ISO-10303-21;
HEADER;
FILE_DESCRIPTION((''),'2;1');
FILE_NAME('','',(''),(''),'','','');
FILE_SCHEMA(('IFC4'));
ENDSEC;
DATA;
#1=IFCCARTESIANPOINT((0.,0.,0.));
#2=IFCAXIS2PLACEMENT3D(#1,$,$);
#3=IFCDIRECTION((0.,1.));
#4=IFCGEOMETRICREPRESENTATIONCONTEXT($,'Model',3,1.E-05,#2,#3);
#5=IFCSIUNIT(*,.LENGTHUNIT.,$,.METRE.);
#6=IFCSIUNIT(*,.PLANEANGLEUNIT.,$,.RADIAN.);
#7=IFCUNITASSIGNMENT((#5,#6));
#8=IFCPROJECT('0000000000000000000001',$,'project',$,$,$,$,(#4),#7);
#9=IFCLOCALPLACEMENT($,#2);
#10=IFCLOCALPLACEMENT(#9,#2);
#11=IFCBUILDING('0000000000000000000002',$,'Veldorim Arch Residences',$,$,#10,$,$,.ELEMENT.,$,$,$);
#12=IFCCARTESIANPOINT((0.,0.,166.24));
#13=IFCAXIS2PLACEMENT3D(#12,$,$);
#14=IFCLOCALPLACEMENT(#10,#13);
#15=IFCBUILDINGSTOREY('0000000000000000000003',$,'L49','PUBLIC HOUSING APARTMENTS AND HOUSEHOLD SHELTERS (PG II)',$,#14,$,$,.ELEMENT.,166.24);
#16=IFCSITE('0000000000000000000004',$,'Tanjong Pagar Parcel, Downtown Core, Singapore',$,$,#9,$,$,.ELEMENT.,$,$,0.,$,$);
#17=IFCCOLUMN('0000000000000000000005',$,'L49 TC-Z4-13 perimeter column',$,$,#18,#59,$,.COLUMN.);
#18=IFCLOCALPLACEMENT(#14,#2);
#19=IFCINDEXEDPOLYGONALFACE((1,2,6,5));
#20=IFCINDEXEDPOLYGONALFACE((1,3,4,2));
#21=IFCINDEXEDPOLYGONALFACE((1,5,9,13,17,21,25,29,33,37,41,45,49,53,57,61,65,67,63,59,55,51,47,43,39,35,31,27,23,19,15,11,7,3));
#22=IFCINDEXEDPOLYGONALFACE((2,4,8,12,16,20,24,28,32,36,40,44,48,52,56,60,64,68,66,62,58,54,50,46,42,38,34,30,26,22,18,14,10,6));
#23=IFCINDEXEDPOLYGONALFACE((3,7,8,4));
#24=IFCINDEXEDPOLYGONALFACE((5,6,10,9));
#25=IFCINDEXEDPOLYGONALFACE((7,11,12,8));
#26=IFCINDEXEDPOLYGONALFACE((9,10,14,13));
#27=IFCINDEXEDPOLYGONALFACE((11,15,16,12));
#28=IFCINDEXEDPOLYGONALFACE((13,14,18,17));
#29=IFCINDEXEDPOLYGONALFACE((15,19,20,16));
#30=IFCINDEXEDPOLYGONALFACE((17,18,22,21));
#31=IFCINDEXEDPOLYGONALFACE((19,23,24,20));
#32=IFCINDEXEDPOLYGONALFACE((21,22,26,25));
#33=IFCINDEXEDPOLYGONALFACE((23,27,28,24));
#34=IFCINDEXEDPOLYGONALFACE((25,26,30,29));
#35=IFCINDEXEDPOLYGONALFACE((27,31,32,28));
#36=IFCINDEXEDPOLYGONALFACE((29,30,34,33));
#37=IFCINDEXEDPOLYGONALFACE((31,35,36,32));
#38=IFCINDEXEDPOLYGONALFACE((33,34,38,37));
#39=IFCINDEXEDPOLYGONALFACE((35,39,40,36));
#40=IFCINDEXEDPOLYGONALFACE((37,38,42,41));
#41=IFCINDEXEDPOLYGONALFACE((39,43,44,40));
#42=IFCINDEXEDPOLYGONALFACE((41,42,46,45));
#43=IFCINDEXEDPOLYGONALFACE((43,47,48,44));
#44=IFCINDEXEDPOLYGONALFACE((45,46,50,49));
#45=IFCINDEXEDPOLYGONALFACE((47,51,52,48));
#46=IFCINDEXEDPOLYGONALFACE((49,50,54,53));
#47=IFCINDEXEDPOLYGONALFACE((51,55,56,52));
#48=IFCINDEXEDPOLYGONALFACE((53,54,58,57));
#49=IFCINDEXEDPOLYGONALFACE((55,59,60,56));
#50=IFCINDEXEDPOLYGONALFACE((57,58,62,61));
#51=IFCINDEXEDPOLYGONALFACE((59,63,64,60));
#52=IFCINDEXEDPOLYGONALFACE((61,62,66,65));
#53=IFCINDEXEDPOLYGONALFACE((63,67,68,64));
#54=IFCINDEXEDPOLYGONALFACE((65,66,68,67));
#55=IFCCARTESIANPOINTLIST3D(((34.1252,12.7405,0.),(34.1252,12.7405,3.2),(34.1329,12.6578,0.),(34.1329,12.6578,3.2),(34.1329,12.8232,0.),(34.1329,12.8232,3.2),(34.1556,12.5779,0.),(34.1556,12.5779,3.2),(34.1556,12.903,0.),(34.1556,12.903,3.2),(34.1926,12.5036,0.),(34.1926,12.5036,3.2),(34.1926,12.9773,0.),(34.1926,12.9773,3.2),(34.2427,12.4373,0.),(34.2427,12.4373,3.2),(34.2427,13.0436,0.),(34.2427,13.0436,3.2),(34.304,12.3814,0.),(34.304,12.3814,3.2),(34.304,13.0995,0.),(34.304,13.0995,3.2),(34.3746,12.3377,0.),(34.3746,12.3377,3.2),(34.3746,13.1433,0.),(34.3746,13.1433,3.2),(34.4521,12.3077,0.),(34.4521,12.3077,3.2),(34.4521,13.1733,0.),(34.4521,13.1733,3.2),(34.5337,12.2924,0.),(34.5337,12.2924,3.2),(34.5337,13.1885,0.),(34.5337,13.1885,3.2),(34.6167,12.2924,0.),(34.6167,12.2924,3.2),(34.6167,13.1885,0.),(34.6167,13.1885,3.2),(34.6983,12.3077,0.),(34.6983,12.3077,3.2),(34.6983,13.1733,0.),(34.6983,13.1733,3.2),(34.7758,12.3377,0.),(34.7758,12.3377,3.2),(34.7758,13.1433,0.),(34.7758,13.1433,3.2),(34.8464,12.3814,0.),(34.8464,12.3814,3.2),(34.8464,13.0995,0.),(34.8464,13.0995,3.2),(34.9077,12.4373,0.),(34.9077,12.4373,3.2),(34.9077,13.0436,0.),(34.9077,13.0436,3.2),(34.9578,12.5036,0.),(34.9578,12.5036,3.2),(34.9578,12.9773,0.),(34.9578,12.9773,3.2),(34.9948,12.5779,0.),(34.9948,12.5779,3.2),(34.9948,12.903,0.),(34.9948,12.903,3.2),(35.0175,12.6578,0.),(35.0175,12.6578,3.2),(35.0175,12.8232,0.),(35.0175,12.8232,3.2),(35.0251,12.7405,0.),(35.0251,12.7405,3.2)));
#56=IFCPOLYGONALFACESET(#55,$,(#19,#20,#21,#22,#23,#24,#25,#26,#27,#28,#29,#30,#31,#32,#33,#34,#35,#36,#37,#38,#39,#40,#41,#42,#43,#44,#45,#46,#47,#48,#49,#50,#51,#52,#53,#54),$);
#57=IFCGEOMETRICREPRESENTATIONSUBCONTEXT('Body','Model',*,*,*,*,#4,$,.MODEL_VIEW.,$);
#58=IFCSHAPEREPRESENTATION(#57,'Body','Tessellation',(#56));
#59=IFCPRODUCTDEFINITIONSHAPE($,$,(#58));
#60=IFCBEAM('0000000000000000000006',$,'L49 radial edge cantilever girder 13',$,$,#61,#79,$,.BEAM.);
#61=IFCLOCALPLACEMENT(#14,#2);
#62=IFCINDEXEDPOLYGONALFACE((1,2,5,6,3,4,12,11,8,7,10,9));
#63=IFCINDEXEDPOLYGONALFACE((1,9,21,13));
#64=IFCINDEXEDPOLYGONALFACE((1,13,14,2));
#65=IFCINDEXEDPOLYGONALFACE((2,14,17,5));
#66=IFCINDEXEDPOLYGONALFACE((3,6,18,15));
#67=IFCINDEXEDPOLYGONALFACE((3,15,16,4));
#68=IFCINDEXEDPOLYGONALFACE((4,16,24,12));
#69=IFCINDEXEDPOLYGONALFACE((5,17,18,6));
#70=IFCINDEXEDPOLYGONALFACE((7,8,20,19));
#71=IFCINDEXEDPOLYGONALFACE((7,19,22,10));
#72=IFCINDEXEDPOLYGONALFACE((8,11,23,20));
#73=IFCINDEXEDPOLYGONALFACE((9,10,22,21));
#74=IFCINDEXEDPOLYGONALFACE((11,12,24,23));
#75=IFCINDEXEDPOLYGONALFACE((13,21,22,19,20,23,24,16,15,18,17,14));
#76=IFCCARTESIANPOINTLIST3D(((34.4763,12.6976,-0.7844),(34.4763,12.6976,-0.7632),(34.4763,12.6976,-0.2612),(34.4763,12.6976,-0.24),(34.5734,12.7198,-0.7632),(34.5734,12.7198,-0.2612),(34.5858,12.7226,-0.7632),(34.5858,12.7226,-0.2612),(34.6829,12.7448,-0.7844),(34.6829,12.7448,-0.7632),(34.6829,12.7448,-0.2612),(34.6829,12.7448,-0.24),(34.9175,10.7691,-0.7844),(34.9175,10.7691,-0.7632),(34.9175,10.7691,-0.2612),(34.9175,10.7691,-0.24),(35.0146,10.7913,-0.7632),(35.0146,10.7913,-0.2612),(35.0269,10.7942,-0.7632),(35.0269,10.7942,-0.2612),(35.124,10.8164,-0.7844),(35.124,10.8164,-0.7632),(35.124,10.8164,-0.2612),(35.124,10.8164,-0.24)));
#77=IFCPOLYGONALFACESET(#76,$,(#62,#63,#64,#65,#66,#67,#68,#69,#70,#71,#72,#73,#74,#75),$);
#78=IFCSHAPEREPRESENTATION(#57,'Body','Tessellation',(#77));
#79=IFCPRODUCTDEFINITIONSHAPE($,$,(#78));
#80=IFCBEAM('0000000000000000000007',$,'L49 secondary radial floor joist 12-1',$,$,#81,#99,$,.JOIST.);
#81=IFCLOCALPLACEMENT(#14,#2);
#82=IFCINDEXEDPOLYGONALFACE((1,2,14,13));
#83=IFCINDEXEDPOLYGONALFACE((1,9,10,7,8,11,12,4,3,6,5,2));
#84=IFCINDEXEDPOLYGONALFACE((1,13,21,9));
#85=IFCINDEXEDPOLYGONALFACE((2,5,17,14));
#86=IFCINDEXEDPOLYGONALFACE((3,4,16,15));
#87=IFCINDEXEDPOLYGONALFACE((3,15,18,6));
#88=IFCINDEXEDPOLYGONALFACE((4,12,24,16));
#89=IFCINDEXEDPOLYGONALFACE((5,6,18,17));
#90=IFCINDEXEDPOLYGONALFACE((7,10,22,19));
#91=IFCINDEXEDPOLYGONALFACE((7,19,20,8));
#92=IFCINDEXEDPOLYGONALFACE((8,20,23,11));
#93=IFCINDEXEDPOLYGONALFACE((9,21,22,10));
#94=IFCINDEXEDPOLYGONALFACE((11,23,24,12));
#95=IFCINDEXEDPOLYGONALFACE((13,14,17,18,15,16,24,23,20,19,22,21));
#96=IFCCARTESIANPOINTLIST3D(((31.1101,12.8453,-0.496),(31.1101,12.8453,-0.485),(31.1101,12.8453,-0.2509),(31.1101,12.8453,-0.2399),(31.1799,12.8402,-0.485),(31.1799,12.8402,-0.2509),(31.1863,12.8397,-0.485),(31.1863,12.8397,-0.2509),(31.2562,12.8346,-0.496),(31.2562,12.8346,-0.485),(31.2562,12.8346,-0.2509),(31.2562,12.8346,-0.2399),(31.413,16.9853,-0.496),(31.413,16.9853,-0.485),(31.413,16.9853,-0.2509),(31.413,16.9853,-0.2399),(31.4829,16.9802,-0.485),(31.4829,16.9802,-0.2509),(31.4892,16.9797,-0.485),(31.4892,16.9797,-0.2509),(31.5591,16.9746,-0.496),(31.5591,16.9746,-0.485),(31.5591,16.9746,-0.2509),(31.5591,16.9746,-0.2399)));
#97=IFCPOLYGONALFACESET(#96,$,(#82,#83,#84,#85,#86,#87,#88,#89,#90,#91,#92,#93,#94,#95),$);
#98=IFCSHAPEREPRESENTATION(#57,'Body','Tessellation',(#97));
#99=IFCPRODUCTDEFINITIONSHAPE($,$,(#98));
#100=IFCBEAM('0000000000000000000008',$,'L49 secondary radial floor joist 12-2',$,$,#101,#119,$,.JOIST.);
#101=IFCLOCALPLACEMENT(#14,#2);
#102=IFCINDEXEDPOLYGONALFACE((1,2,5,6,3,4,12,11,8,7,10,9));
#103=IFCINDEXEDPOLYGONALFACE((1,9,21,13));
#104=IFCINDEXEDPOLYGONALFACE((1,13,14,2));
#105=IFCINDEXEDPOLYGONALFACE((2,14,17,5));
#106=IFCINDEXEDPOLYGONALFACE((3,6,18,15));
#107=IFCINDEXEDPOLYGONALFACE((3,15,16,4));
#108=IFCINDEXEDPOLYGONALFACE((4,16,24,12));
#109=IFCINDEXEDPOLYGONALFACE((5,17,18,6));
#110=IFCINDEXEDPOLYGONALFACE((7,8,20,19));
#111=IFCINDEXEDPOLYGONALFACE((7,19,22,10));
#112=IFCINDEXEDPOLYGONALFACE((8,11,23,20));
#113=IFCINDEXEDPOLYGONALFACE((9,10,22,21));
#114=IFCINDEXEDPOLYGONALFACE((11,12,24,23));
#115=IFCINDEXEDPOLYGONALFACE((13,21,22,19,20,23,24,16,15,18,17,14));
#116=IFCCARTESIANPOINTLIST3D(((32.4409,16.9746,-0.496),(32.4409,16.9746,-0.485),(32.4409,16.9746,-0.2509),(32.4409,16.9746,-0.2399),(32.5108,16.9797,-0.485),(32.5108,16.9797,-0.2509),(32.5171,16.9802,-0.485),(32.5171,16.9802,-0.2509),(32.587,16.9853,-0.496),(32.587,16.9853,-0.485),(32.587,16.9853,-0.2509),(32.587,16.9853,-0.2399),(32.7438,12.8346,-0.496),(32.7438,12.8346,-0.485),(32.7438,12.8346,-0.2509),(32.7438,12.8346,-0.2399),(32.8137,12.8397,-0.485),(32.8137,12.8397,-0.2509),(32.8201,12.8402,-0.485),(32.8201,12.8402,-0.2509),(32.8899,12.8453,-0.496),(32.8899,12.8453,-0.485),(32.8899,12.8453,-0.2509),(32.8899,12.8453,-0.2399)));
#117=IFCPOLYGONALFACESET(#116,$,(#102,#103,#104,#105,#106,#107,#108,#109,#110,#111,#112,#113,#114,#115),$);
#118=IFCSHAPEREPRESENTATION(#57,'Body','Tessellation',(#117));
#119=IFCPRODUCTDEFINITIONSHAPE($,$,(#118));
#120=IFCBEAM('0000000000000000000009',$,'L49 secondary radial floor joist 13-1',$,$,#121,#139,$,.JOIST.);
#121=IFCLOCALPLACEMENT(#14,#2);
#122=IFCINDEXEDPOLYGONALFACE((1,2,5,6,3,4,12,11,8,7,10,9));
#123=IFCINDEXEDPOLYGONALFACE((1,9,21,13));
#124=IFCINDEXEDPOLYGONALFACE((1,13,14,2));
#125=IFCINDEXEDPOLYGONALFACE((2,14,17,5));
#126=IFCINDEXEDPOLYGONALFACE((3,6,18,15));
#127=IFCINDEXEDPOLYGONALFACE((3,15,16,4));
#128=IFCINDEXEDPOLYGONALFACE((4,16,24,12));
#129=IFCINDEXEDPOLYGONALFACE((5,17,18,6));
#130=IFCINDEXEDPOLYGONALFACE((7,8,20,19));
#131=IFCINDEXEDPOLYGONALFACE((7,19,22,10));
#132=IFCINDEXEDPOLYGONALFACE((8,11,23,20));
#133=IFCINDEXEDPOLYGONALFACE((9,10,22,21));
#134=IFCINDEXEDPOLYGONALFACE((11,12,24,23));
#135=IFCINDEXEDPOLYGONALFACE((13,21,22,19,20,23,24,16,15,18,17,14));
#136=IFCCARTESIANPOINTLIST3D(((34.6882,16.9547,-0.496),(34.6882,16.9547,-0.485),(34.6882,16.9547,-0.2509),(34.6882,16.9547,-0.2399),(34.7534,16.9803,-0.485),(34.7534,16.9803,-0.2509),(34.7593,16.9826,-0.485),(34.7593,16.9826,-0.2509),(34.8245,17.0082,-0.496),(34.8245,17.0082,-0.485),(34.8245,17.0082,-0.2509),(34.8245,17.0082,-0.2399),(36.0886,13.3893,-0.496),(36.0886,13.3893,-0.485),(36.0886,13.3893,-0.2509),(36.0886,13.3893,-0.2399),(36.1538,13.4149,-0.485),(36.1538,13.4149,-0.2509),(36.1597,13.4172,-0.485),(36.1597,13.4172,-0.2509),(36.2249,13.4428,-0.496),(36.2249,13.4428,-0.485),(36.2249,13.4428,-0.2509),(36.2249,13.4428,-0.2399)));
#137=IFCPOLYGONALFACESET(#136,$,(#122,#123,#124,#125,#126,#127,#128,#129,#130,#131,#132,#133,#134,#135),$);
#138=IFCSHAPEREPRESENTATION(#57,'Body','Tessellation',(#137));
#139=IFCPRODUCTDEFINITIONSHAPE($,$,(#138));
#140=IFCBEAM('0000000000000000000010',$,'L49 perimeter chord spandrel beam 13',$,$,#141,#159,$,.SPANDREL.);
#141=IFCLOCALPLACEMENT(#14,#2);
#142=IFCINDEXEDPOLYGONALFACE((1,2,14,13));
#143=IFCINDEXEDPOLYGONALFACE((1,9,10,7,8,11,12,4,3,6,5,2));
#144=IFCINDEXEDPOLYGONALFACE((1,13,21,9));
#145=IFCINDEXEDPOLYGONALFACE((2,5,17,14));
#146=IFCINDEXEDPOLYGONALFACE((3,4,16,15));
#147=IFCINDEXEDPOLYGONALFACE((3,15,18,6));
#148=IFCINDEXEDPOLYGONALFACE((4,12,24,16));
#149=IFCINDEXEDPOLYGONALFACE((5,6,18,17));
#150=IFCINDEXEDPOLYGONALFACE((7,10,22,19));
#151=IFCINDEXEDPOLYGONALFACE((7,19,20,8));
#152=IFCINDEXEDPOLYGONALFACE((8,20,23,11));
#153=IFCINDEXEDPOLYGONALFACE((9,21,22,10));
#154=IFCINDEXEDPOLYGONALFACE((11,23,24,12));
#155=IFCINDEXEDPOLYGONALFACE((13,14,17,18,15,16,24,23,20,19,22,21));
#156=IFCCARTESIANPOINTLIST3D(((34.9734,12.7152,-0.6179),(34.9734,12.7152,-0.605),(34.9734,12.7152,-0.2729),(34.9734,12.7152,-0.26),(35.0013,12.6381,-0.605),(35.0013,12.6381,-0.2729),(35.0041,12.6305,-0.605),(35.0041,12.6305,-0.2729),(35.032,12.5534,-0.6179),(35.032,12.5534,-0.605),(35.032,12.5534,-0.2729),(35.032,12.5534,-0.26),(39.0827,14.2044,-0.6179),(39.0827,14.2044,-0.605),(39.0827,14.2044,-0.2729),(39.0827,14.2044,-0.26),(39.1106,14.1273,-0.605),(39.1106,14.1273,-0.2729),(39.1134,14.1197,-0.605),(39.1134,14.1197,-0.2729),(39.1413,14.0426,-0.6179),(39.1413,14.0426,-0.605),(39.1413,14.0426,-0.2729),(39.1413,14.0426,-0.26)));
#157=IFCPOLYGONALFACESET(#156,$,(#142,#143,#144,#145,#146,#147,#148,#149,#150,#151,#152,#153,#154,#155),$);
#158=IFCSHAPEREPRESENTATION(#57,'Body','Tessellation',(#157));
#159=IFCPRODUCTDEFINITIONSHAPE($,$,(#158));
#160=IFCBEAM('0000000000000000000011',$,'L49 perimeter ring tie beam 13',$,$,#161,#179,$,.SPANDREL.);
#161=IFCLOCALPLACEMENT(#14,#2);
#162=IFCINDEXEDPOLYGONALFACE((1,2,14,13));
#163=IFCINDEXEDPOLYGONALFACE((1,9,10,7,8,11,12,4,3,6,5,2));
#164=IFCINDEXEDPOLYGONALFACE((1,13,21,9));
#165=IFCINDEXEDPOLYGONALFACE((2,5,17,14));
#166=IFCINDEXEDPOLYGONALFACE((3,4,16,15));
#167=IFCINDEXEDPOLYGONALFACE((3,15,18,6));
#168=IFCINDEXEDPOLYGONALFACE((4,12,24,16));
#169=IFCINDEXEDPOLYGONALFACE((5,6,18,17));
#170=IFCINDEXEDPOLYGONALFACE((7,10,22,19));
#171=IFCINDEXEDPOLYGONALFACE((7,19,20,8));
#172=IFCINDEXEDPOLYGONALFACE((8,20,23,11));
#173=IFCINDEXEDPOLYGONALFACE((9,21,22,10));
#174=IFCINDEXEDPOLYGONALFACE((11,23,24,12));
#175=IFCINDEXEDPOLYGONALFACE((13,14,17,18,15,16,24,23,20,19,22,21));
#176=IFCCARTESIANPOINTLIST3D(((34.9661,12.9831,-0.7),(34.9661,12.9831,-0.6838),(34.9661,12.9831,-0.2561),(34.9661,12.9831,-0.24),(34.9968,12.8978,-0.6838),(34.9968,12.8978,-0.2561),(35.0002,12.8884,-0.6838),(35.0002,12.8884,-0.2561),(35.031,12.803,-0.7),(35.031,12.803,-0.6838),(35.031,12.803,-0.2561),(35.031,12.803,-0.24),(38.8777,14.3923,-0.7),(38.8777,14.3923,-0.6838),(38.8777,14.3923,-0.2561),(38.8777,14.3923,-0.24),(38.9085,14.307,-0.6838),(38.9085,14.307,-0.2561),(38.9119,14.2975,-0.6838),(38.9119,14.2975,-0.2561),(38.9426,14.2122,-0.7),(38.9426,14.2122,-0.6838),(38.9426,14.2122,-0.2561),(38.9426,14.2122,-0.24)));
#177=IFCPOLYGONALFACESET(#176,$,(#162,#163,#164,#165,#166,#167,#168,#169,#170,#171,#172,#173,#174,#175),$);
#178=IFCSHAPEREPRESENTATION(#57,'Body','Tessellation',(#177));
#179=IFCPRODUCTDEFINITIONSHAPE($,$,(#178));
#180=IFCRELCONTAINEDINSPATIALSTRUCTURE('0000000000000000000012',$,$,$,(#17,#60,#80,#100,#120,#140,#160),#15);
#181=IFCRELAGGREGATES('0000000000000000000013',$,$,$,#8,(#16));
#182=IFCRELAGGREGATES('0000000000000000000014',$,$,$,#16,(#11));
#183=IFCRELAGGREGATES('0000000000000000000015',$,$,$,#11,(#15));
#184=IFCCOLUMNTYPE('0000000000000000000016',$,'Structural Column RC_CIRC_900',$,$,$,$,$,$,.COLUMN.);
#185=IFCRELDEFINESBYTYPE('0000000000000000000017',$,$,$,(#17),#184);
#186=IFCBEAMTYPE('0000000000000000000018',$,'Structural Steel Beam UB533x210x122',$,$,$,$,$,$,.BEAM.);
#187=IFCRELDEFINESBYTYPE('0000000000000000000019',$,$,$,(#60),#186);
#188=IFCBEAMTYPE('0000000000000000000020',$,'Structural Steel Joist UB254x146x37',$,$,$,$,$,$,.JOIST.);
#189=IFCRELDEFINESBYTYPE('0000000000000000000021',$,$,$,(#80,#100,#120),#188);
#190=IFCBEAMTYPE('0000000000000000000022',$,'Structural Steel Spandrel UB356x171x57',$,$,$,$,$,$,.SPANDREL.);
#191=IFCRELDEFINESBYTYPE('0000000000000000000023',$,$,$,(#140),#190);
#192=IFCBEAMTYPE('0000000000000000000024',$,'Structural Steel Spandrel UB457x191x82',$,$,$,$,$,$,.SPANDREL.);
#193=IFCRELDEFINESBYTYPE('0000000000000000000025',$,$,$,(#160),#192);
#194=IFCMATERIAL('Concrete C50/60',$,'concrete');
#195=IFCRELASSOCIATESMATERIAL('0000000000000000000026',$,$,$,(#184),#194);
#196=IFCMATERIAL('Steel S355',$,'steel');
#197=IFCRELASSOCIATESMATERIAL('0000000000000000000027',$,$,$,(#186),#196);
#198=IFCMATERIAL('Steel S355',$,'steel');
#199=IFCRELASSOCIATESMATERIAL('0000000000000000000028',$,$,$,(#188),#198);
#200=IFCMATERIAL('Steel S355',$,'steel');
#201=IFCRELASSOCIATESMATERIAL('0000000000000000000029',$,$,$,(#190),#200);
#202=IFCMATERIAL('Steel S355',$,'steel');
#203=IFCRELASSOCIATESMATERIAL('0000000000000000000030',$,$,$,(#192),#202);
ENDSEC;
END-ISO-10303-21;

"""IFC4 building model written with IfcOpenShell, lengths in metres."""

from ifc_helpers import new_model, si_unit, direction, frame, origin, origin_2d, place, context, subcontext, project, spatial, circle, i_section, extrude, material, material_profile, profile_set, type_object, element, save


model = new_model("IFC4")

# Units and contexts
model_context = context("Model", 3, precision=1e-05, world=origin(), true_north=direction((0.0, 1.0)))
body_context = subcontext(model_context, "Body", "Model", "MODEL_VIEW")
ifc_project = project(units=[si_unit("LENGTHUNIT", "METRE"), si_unit("PLANEANGLEUNIT", "RADIAN")], contexts=[model_context])

# Site, building, storey
site_placement = place(None, origin())
site = spatial("IfcSite", under=ifc_project, at=site_placement, Name="Tanjong Pagar Parcel, Downtown Core, Singapore", CompositionType="ELEMENT", RefElevation=0.0)
building_placement = place(site_placement, origin())
building = spatial("IfcBuilding", under=site, at=building_placement, Name="Veldorim Arch Residences", CompositionType="ELEMENT")
storey_placement = place(building_placement, frame((0.0, 0.0, 166.24)))
storey = spatial("IfcBuildingStorey", under=building, at=storey_placement, Name="L49", Description="PUBLIC HOUSING APARTMENTS AND HOUSEHOLD SHELTERS (PG II)", CompositionType="ELEMENT", Elevation=166.24)

# Column
ifc_material_1 = material(Name="Concrete C50/60", Category="concrete")
ifc_material_profile_1 = material_profile(ifc_material_1, circle(Radius=0.45, at=origin_2d()), Name="RC_CIRC_900")
ifc_profile_set_1 = profile_set([ifc_material_profile_1], Name="Concrete C50/60")
column_type = type_object("IfcColumnType", Name="Structural Column RC_CIRC_900", PredefinedType="COLUMN", material=ifc_profile_set_1)
column_placement = place(storey_placement, frame((34.5752, 12.7405, 0.0), z_axis=(0.0, 0.0, 1.0), x_axis=(1.0, 0.0, 0.0)))
element("IfcColumn", 1, at=column_placement, inside=storey, type_object=column_type, Name="L49 TC-Z4-13 perimeter column", PredefinedType="COLUMN", context=body_context, shape_type="SweptSolid", body=[
    extrude(circle(Radius=0.45, at=origin_2d()), origin(), (0.0, 0.0, 1.0), 3.2),
])

# Beams
ifc_material_2 = material(Name="Steel S355", Category="steel")
ifc_material_profile_2 = material_profile(ifc_material_2, i_section(OverallWidth=0.2119, OverallDepth=0.5444, WebThickness=0.0127, FlangeThickness=0.0212, at=origin_2d()), Name="UB533x210x122")
ifc_profile_set_2 = profile_set([ifc_material_profile_2], Name="Steel S355")
beam_type_1 = type_object("IfcBeamType", Name="Structural Steel Beam UB533x210x122", PredefinedType="BEAM", material=ifc_profile_set_2)
beam_1_placement = place(storey_placement, frame((34.5796, 12.7212, -0.5122), z_axis=(0.223002, -0.974818, 0.0), x_axis=(0.974818, 0.223002, 0.0)))
element("IfcBeam", 2, at=beam_1_placement, inside=storey, type_object=beam_type_1, Name="L49 radial edge cantilever girder 13", PredefinedType="BEAM", context=body_context, shape_type="SweptSolid", body=[
    extrude(i_section(OverallWidth=0.2119, OverallDepth=0.5444, WebThickness=0.0127, FlangeThickness=0.0212, at=origin_2d()), origin(), (0.0, 0.0, 1.0), 1.9783),
])
ifc_material_3 = material(Name="Steel S355", Category="steel")
ifc_material_profile_3 = material_profile(ifc_material_3, i_section(OverallWidth=0.1465, OverallDepth=0.2561, WebThickness=0.0063, FlangeThickness=0.011, at=origin_2d()), Name="UB254x146x37")
ifc_profile_set_3 = profile_set([ifc_material_profile_3], Name="Steel S355")
beam_type_2 = type_object("IfcBeamType", Name="Structural Steel Joist UB254x146x37", PredefinedType="JOIST", material=ifc_profile_set_3)
for number, where, z_axis, x_axis, name in (
    (3, (31.4861, 16.98, -0.3679), (-0.072986, -0.997333, 0.0), (0.997333, -0.072986, 0.0), "L49 secondary radial floor joist 12-1"),
    (4, (32.5139, 16.98, -0.3679), (0.072986, -0.997333, 0.0), (0.997333, 0.072986, 0.0), "L49 secondary radial floor joist 12-2"),
):
    element("IfcBeam", number, at=place(storey_placement, frame(where, z_axis=z_axis, x_axis=x_axis)), inside=storey, type_object=beam_type_2, Name=name, PredefinedType="JOIST", context=body_context, shape_type="SweptSolid", body=[
        extrude(i_section(OverallWidth=0.1465, OverallDepth=0.2561, WebThickness=0.0063, FlangeThickness=0.011, at=origin_2d()), origin(), (0.0, 0.0, 1.0), 4.1511),
    ])
beam_2_placement = place(storey_placement, frame((34.7563, 16.9814, -0.3679), z_axis=(0.365581, -0.930779, 0.0), x_axis=(0.930779, 0.365581, 0.0)))
element("IfcBeam", 5, at=beam_2_placement, inside=storey, type_object=beam_type_2, Name="L49 secondary radial floor joist 13-1", PredefinedType="JOIST", context=body_context, shape_type="SweptSolid", body=[
    extrude(i_section(OverallWidth=0.1465, OverallDepth=0.2561, WebThickness=0.0063, FlangeThickness=0.011, at=origin_2d()), origin(), (0.0, 0.0, 1.0), 3.8306),
])
ifc_material_4 = material(Name="Steel S355", Category="steel")
ifc_material_profile_4 = material_profile(ifc_material_4, i_section(OverallWidth=0.1721, OverallDepth=0.3579, WebThickness=0.0081, FlangeThickness=0.0129, at=origin_2d()), Name="UB356x171x57")
ifc_profile_set_4 = profile_set([ifc_material_profile_4], Name="Steel S355")
beam_type_3 = type_object("IfcBeamType", Name="Structural Steel Spandrel UB356x171x57", PredefinedType="SPANDREL", material=ifc_profile_set_4)
beam_3_placement = place(storey_placement, frame((35.0027, 12.6343, -0.439), z_axis=(0.940165, 0.34072, 0.0), x_axis=(-0.34072, 0.940165, 0.0)))
element("IfcBeam", 6, at=beam_3_placement, inside=storey, type_object=beam_type_3, Name="L49 perimeter chord spandrel beam 13", PredefinedType="SPANDREL", context=body_context, shape_type="SweptSolid", body=[
    extrude(i_section(OverallWidth=0.1721, OverallDepth=0.3579, WebThickness=0.0081, FlangeThickness=0.0129, at=origin_2d()), origin(), (0.0, 0.0, 1.0), 4.3708),
])
ifc_material_5 = material(Name="Steel S355", Category="steel")
ifc_material_profile_5 = material_profile(ifc_material_5, i_section(OverallWidth=0.1914, OverallDepth=0.46, WebThickness=0.01, FlangeThickness=0.0161, at=origin_2d()), Name="UB457x191x82")
ifc_profile_set_5 = profile_set([ifc_material_profile_5], Name="Steel S355")
beam_type_4 = type_object("IfcBeamType", Name="Structural Steel Spandrel UB457x191x82", PredefinedType="SPANDREL", material=ifc_profile_set_5)
beam_4_placement = place(storey_placement, frame((34.9985, 12.8931, -0.47), z_axis=(0.940811, 0.338932, 0.0), x_axis=(-0.338932, 0.940811, 0.0)))
element("IfcBeam", 7, at=beam_4_placement, inside=storey, type_object=beam_type_4, Name="L49 perimeter ring tie beam 13", PredefinedType="SPANDREL", context=body_context, shape_type="SweptSolid", body=[
    extrude(i_section(OverallWidth=0.1914, OverallDepth=0.46, WebThickness=0.01, FlangeThickness=0.0161, at=origin_2d()), origin(), (0.0, 0.0, 1.0), 4.1577),
])

save(model, "model.ifc")
